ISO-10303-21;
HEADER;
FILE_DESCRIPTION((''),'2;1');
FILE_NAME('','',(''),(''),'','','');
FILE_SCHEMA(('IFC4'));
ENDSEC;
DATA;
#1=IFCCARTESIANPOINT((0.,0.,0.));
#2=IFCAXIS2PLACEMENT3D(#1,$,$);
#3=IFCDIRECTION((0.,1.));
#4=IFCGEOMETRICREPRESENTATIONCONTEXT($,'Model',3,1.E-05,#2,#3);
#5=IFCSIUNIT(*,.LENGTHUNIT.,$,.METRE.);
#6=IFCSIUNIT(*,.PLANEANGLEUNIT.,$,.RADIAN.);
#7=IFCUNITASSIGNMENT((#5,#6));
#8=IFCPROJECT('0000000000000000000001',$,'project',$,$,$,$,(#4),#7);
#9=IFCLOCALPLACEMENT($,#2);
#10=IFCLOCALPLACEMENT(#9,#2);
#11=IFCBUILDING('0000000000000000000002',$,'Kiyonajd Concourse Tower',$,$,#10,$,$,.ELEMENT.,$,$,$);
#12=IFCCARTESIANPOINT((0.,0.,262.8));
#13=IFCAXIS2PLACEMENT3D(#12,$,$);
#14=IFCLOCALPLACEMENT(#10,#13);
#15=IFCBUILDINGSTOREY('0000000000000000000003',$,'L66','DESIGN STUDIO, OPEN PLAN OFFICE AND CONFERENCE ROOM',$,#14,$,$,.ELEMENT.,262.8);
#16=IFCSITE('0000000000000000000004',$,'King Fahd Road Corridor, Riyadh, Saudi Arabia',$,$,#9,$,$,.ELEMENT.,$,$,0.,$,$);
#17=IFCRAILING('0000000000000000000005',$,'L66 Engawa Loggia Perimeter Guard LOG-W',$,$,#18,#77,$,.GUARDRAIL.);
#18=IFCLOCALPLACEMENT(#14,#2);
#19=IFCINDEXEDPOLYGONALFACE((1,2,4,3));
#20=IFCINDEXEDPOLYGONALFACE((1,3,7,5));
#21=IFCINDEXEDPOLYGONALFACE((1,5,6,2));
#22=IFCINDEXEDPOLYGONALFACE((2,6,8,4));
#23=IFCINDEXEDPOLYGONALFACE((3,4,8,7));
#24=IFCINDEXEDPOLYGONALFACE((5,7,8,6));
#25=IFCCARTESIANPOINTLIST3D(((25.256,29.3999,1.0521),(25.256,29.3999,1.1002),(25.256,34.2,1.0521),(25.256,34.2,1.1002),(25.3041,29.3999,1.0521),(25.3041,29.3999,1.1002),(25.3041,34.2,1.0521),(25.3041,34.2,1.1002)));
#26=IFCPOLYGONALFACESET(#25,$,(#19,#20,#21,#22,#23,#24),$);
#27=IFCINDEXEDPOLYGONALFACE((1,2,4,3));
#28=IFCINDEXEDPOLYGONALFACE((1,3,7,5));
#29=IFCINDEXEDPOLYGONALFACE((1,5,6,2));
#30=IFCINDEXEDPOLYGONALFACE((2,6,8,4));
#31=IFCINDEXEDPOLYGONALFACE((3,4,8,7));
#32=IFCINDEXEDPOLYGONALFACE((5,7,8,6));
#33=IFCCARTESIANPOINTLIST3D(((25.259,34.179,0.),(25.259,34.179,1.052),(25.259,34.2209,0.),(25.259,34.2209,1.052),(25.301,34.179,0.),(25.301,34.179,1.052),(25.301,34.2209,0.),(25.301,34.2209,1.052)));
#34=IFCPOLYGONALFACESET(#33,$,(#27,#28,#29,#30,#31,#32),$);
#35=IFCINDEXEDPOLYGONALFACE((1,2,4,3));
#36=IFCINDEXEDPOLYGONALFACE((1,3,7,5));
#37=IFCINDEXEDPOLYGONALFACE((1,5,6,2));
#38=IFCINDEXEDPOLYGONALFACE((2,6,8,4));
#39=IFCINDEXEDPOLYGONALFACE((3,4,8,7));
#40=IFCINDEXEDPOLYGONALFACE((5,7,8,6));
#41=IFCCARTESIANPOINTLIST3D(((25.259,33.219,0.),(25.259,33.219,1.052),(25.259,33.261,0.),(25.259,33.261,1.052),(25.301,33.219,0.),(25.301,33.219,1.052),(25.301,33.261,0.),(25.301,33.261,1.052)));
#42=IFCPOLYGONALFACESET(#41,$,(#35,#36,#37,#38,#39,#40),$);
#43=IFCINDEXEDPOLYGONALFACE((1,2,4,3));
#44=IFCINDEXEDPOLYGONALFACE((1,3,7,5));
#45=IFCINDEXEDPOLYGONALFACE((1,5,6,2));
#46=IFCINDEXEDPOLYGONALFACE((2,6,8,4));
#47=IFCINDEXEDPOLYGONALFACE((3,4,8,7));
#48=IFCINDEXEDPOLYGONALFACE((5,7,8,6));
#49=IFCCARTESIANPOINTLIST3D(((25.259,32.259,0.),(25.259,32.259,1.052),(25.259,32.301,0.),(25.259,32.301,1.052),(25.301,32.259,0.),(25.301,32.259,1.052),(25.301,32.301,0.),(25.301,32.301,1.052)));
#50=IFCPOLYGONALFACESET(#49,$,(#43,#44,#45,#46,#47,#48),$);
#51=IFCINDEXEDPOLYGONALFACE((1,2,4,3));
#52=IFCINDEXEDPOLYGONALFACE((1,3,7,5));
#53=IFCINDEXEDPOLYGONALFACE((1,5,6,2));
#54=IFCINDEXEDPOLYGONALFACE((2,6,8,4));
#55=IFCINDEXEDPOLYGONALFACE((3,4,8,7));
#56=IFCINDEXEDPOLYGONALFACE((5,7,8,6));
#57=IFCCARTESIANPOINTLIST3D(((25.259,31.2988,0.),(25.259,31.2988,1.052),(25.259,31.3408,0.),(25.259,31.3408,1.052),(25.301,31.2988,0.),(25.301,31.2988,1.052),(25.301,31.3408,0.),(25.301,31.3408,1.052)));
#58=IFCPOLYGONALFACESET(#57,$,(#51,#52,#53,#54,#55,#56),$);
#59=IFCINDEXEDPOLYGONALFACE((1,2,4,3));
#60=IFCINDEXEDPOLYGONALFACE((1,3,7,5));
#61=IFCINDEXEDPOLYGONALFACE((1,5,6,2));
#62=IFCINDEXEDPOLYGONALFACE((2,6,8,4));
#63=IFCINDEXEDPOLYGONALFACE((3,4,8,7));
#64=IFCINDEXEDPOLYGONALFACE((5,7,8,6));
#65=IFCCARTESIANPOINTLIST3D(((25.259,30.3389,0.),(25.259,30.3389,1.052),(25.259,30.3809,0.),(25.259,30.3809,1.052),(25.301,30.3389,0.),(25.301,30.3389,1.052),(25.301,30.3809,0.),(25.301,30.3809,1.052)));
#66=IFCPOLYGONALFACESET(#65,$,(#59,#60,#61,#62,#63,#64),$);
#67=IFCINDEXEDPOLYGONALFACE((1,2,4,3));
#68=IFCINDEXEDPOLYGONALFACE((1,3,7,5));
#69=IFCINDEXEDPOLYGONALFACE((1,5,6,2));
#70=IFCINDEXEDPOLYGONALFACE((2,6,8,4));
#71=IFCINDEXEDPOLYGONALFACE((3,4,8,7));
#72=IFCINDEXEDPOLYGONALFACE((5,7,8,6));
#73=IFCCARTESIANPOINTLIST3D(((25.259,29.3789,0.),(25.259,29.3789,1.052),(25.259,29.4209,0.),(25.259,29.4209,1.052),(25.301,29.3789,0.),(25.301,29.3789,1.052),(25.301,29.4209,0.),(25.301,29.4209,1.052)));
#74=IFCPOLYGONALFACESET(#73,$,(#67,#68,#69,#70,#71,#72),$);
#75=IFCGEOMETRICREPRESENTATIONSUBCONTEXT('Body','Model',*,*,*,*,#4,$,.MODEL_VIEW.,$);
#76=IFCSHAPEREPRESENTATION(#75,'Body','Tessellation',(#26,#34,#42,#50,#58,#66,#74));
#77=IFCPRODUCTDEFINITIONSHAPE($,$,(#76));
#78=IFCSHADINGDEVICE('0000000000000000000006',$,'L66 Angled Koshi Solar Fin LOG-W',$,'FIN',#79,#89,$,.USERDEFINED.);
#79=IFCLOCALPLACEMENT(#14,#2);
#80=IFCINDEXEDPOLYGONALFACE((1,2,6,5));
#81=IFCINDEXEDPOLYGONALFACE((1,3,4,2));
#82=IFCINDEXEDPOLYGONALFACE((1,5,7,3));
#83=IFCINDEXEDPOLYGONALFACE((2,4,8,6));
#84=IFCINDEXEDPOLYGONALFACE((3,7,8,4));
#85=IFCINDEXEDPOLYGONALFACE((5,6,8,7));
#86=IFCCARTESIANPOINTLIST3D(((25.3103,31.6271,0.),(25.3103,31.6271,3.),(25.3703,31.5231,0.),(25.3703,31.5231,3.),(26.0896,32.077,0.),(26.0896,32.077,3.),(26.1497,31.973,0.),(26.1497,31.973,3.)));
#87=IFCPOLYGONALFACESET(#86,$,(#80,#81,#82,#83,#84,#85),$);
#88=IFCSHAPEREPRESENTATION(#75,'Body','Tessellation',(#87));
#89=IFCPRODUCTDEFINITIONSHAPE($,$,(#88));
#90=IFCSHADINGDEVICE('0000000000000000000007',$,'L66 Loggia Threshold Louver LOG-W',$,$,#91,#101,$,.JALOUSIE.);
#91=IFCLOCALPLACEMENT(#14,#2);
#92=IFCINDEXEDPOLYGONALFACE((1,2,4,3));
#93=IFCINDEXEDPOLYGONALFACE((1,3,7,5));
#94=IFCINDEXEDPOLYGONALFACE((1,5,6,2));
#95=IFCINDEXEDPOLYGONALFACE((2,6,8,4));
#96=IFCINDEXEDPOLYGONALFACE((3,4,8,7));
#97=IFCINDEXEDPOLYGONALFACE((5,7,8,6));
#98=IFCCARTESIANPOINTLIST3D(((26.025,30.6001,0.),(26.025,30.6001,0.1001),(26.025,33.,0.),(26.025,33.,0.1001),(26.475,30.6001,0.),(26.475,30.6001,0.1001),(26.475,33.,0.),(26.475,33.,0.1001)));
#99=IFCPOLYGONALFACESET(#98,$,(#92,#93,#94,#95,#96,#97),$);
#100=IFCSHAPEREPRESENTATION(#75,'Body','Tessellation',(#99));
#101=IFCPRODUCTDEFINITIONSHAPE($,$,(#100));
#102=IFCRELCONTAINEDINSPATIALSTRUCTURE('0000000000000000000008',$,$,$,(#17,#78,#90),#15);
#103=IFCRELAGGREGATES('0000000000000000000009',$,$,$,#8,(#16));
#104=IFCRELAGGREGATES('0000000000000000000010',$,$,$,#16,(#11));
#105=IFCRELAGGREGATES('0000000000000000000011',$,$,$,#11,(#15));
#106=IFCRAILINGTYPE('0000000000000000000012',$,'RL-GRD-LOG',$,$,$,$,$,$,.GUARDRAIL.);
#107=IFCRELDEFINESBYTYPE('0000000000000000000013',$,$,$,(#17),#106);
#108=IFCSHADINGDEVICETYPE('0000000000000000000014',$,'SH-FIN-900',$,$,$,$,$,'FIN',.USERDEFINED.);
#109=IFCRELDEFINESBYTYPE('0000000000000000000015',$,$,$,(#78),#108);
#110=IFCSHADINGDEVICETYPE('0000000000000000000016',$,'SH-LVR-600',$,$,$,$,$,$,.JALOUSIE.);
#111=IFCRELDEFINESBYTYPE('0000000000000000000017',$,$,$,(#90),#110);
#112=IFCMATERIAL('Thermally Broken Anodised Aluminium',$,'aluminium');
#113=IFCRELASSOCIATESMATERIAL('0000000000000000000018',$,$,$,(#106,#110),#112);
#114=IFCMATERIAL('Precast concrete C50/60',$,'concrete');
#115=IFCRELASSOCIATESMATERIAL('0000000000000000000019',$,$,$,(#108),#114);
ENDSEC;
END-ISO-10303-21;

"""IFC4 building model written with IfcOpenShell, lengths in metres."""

from ifc_helpers import new_model, si_unit, direction, frame, origin, origin_2d, place, context, subcontext, project, spatial, rectangle, extrude, material, type_object, element, save


model = new_model("IFC4")

# Units and contexts
model_context = context("Model", 3, precision=1e-05, world=origin(), true_north=direction((0.0, 1.0)))
body_context = subcontext(model_context, "Body", "Model", "MODEL_VIEW")
ifc_project = project(units=[si_unit("LENGTHUNIT", "METRE"), si_unit("PLANEANGLEUNIT", "RADIAN")], contexts=[model_context])

# Site, building, storey
site_placement = place(None, origin())
site = spatial("IfcSite", under=ifc_project, at=site_placement, Name="King Fahd Road Corridor, Riyadh, Saudi Arabia", CompositionType="ELEMENT", RefElevation=0.0)
building_placement = place(site_placement, origin())
building = spatial("IfcBuilding", under=site, at=building_placement, Name="Kiyonajd Concourse Tower", CompositionType="ELEMENT")
storey_placement = place(building_placement, frame((0.0, 0.0, 262.8)))
storey = spatial("IfcBuildingStorey", under=building, at=storey_placement, Name="L66", Description="DESIGN STUDIO, OPEN PLAN OFFICE AND CONFERENCE ROOM", CompositionType="ELEMENT", Elevation=262.8)

# Shared definitions
ifc_material_1 = material(Name="Thermally Broken Anodised Aluminium", Category="aluminium")

# Shared definitions
ifc_material_2 = material(Name="Precast concrete C50/60", Category="concrete")

# Railing
railing_type = type_object("IfcRailingType", Name="RL-GRD-LOG", PredefinedType="GUARDRAIL", material=ifc_material_1)
railing_placement = place(storey_placement, frame((25.28, 34.2, 0.0)))
element("IfcRailing", 1, at=railing_placement, inside=storey, type_object=railing_type, Name="L66 Engawa Loggia Perimeter Guard LOG-W", PredefinedType="GUARDRAIL", context=body_context, shape_type="SweptSolid", body=[
    extrude(rectangle(XDim=0.0481, YDim=0.0481, at=origin_2d()), frame((0.0, 0.0, 1.0762), z_axis=(0.0, -1.0, 0.0), x_axis=(1.0, 0.0, 0.0)), (0.0, 0.0, 1.0), 4.8),
    extrude(rectangle(XDim=0.042, YDim=0.042, at=origin_2d()), origin(), (0.0, 0.0, 1.0), 1.052),
    extrude(rectangle(XDim=0.042, YDim=0.042, at=origin_2d()), frame((0.0, -0.96, 0.0)), (0.0, 0.0, 1.0), 1.052),
    extrude(rectangle(XDim=0.042, YDim=0.042, at=origin_2d()), frame((0.0, -1.9199, 0.0)), (0.0, 0.0, 1.0), 1.052),
    extrude(rectangle(XDim=0.042, YDim=0.042, at=origin_2d()), frame((0.0, -2.8801, 0.0)), (0.0, 0.0, 1.0), 1.052),
    extrude(rectangle(XDim=0.042, YDim=0.042, at=origin_2d()), frame((0.0, -3.8401, 0.0)), (0.0, 0.0, 1.0), 1.052),
    extrude(rectangle(XDim=0.042, YDim=0.042, at=origin_2d()), frame((0.0, -4.8, 0.0)), (0.0, 0.0, 1.0), 1.052),
])

# Shading devices
shading_device_type_1 = type_object("IfcShadingDeviceType", Name="SH-FIN-900", ElementType="FIN", PredefinedType="USERDEFINED", material=ifc_material_2)
shading_device_1_placement = place(storey_placement, frame((25.73, 31.8, 0.0), z_axis=(0.0, 0.0, 1.0), x_axis=(0.866025, 0.5, 0.0)))
element("IfcShadingDevice", 2, at=shading_device_1_placement, inside=storey, type_object=shading_device_type_1, Name="L66 Angled Koshi Solar Fin LOG-W", ObjectType="FIN", PredefinedType="USERDEFINED", context=body_context, shape_type="SweptSolid", body=[
    extrude(rectangle(XDim=0.8999, YDim=0.1201, at=origin_2d()), origin(), (0.0, 0.0, 1.0), 3.0),
])
shading_device_type_2 = type_object("IfcShadingDeviceType", Name="SH-LVR-600", PredefinedType="JALOUSIE", material=ifc_material_1)
shading_device_2_placement = place(storey_placement, frame((26.25, 31.8, 0.0), z_axis=(0.0, 0.0, 1.0), x_axis=(0.0, 1.0, 0.0)))
element("IfcShadingDevice", 3, at=shading_device_2_placement, inside=storey, type_object=shading_device_type_2, Name="L66 Loggia Threshold Louver LOG-W", PredefinedType="JALOUSIE", context=body_context, shape_type="SweptSolid", body=[
    extrude(rectangle(XDim=2.3999, YDim=0.45, at=origin_2d()), origin(), (0.0, 0.0, 1.0), 0.1001),
])

save(model, "model.ifc")
